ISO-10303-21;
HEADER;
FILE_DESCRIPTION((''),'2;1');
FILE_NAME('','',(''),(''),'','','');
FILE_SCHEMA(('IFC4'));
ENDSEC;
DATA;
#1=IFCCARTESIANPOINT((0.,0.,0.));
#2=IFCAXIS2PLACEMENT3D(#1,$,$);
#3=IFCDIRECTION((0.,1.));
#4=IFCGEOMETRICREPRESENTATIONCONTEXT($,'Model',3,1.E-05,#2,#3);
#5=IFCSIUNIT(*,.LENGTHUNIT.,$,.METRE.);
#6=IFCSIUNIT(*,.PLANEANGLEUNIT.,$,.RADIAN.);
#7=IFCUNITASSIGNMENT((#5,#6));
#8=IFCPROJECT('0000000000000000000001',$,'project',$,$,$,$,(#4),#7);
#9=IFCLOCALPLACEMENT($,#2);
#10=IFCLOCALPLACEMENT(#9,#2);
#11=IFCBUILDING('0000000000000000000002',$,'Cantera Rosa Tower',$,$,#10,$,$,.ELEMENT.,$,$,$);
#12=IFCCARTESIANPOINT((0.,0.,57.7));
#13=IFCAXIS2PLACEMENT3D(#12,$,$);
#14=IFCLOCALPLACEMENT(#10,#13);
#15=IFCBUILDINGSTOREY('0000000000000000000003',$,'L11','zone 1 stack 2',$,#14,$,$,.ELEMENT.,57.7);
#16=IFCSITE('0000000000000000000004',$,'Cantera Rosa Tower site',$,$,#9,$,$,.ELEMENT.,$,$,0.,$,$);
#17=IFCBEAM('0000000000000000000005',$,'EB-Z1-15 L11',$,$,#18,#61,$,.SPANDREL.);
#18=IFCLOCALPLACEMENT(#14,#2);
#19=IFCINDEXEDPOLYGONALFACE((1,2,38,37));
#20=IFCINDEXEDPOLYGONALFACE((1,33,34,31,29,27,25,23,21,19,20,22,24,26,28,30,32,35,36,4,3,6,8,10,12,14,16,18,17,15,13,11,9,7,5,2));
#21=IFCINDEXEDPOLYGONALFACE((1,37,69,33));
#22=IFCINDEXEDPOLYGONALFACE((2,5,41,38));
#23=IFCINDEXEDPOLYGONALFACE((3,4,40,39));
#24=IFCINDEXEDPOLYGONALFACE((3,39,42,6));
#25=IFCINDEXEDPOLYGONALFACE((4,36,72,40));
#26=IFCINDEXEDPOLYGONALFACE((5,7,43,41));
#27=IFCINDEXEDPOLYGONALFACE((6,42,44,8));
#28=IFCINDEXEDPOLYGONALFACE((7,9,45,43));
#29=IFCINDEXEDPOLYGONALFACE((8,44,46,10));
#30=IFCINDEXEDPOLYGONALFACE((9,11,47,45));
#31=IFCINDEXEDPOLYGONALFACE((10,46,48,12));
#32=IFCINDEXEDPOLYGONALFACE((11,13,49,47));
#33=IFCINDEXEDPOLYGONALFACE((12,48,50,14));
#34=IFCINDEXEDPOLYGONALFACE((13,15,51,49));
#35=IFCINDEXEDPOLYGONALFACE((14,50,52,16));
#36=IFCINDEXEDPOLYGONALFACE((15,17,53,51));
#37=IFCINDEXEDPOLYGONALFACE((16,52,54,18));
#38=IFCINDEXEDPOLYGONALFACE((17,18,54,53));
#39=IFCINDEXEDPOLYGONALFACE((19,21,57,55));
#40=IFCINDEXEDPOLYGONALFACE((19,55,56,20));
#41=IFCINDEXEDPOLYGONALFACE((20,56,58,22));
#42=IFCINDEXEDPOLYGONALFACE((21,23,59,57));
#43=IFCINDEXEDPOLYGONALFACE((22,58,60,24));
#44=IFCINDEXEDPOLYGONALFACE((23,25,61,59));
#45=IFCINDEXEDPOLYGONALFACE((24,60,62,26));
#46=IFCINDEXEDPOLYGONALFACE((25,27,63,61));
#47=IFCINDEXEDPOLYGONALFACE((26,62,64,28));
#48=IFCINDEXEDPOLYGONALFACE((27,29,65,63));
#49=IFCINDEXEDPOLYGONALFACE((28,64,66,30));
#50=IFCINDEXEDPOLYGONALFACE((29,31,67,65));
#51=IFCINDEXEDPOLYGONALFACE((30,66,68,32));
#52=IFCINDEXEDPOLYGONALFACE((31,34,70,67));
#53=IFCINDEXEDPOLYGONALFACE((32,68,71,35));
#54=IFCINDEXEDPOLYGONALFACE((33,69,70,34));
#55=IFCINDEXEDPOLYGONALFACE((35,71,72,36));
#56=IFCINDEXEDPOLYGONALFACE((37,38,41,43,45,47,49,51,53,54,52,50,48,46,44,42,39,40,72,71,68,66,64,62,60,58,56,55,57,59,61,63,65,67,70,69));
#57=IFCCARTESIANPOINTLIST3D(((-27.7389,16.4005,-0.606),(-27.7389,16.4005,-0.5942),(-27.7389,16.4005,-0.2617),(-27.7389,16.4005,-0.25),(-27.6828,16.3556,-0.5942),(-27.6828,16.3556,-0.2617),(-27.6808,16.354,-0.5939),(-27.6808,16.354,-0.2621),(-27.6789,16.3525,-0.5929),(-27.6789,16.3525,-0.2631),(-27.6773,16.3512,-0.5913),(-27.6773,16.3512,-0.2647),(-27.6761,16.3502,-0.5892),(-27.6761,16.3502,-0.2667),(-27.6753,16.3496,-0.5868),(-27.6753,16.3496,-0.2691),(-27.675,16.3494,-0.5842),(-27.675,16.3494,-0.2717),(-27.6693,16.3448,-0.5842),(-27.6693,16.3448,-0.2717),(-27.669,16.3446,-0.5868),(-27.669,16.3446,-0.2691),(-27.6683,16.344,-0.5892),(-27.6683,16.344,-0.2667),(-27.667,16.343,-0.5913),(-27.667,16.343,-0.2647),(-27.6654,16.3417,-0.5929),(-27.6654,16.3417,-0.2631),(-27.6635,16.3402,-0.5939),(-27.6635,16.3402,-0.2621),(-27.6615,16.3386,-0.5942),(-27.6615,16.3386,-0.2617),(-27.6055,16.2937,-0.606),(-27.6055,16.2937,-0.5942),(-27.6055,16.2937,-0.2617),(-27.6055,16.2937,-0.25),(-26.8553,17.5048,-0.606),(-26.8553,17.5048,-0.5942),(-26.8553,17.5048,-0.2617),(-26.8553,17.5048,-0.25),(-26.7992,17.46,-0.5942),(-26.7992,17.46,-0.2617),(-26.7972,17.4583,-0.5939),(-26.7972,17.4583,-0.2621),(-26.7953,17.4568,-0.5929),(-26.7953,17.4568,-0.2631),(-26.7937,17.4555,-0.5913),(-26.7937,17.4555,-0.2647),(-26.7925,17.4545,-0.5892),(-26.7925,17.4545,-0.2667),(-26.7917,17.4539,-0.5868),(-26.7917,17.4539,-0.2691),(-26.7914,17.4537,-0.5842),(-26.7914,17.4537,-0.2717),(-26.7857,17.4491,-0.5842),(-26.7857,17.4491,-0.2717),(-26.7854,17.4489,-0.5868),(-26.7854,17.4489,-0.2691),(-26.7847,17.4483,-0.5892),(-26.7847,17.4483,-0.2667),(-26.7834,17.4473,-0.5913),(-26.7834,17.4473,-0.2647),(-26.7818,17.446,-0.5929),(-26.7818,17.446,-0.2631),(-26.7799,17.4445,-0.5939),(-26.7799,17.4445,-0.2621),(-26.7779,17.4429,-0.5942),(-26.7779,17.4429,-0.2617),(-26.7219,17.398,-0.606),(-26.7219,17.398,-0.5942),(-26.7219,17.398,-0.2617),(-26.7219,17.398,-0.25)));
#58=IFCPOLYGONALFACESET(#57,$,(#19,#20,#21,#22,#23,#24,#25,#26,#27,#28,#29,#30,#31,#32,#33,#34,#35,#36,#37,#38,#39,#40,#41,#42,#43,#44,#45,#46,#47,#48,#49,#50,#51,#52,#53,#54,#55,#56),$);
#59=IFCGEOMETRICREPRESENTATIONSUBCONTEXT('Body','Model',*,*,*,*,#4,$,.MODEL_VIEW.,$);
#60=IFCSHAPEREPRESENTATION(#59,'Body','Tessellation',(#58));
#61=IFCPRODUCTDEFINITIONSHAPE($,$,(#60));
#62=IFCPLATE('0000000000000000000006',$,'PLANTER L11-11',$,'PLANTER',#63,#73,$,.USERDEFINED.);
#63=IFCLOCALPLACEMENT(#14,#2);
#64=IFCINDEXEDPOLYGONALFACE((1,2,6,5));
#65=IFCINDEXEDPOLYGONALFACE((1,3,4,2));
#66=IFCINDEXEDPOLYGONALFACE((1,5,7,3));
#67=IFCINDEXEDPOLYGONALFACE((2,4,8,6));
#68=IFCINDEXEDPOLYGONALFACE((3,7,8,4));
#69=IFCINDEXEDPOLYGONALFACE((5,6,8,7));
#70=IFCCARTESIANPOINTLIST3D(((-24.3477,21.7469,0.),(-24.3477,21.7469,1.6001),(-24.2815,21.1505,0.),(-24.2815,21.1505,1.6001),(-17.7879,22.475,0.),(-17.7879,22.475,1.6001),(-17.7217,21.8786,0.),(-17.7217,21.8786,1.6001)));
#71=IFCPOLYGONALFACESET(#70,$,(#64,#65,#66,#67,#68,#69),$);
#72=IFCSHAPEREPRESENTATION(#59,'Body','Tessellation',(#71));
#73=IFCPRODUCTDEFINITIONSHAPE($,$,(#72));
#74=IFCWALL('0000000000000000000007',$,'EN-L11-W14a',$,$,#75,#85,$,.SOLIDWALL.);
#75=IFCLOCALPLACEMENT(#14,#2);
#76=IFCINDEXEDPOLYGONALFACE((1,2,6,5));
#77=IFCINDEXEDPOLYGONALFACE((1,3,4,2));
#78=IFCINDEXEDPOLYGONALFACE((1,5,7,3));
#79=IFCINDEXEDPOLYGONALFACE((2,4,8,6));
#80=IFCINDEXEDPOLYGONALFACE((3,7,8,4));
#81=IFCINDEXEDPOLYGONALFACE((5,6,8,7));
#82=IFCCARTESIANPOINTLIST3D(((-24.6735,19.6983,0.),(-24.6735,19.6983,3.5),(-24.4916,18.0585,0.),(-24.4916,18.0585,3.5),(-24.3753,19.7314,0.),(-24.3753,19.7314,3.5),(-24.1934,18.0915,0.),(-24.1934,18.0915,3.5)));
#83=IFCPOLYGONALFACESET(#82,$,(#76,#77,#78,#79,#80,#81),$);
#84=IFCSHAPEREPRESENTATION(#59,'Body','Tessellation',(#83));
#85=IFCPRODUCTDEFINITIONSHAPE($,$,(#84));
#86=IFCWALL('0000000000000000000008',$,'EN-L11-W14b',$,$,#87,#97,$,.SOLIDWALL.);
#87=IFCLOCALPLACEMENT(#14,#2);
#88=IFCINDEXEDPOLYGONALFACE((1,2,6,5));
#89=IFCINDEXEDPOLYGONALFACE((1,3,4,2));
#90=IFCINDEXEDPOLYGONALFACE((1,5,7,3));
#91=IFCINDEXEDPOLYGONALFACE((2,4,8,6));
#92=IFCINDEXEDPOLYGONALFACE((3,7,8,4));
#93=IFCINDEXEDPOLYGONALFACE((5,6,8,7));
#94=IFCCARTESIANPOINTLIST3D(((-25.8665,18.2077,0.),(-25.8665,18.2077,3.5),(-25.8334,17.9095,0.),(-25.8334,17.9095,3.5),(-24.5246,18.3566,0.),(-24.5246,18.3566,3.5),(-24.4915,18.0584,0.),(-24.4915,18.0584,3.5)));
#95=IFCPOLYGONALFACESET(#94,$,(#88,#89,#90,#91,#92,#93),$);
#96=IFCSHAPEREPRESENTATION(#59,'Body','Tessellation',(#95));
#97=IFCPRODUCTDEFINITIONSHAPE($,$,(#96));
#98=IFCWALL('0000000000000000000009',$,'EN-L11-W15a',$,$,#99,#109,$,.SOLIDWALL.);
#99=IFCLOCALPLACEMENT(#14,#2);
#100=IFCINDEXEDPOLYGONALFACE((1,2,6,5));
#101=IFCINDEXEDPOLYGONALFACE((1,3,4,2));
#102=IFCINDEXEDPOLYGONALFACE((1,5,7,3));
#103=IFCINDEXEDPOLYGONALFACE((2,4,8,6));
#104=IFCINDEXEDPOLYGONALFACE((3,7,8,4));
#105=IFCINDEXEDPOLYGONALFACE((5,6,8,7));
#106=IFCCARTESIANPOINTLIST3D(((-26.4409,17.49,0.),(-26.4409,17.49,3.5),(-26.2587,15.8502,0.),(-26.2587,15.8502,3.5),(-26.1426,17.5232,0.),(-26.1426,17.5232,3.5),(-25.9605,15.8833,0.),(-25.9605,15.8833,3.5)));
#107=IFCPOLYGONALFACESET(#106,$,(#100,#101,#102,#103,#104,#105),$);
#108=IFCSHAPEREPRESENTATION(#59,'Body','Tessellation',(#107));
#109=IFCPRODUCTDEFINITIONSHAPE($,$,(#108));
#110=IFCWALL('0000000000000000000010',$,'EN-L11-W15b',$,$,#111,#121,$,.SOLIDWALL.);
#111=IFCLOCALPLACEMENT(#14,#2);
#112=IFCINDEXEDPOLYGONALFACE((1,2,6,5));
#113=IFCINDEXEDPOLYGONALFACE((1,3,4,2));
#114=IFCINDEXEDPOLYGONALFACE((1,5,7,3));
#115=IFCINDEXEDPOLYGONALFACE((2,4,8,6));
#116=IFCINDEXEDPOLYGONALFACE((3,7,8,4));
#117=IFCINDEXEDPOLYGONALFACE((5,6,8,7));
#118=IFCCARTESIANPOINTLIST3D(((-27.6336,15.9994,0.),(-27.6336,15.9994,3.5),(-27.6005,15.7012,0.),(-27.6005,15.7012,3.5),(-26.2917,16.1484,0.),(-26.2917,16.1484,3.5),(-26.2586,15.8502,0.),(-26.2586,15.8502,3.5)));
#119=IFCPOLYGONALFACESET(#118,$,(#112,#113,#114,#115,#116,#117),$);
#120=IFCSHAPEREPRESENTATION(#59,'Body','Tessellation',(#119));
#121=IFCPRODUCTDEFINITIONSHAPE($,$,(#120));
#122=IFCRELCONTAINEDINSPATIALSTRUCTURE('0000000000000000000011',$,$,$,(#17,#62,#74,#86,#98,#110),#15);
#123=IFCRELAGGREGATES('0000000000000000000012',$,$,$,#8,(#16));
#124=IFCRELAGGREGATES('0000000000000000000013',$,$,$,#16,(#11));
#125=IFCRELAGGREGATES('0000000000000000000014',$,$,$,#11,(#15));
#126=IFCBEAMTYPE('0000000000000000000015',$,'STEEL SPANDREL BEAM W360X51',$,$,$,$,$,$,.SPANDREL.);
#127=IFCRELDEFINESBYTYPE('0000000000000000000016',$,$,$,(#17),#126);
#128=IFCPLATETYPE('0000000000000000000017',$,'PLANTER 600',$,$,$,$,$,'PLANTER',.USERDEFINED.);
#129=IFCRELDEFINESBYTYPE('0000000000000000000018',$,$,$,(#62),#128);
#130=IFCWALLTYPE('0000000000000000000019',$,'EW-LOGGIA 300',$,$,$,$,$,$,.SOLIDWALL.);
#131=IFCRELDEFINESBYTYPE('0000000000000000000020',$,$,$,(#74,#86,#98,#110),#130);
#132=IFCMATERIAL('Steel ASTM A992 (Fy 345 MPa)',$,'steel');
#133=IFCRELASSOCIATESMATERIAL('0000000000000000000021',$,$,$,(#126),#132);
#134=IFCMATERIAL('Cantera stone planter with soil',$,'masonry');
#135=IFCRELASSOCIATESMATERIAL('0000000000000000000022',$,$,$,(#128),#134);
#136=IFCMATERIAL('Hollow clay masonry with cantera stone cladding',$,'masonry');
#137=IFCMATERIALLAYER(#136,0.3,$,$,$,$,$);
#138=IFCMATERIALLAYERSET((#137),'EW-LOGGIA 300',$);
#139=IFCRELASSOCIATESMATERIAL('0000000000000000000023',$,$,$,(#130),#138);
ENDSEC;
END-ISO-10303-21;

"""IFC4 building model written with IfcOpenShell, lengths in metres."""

from ifc_helpers import new_model, si_unit, direction, frame, frame_2d, origin, origin_2d, place, context, subcontext, project, spatial, rectangle, i_section, extrude, material, layer, layer_set, material_profile, profile_set, type_object, element, save


model = new_model("IFC4")

# Units and contexts
model_context = context("Model", 3, precision=1e-05, world=origin(), true_north=direction((0.0, 1.0)))
body_context = subcontext(model_context, "Body", "Model", "MODEL_VIEW")
ifc_project = project(units=[si_unit("LENGTHUNIT", "METRE"), si_unit("PLANEANGLEUNIT", "RADIAN")], contexts=[model_context])

# Site, building, storey
site_placement = place(None, origin())
site = spatial("IfcSite", under=ifc_project, at=site_placement, Name="Cantera Rosa Tower site", CompositionType="ELEMENT", RefElevation=0.0)
building_placement = place(site_placement, origin())
building = spatial("IfcBuilding", under=site, at=building_placement, Name="Cantera Rosa Tower", CompositionType="ELEMENT")
storey_placement = place(building_placement, frame((0.0, 0.0, 57.7)))
storey = spatial("IfcBuildingStorey", under=building, at=storey_placement, Name="L11", Description="zone 1 stack 2", CompositionType="ELEMENT", Elevation=57.7)

# Beam
ifc_material_1 = material(Name="Steel ASTM A992 (Fy 345 MPa)", Category="steel")
ifc_material_profile_1 = material_profile(ifc_material_1, i_section(OverallWidth=0.1709, OverallDepth=0.356, WebThickness=0.0073, FlangeThickness=0.0117, FilletRadius=0.01, at=origin_2d()), Name="W360X51")
ifc_profile_set_1 = profile_set([ifc_material_profile_1], Name="Steel ASTM A992 (Fy 345 MPa)")
beam_type_1 = type_object("IfcBeamType", Name="STEEL SPANDREL BEAM W360X51", PredefinedType="SPANDREL", material=ifc_profile_set_1)
for number, where, z_axis, x_axis, name in (
    (1, (-26.7886, 17.4514, -0.428), (-0.624758, -0.780818, 0.0), (0.780818, -0.624758, 0.0), "EB-Z1-15 L11"),
):
    element("IfcBeam", number, at=place(storey_placement, frame(where, z_axis=z_axis, x_axis=x_axis)), inside=storey, type_object=beam_type_1, Name=name, PredefinedType="SPANDREL", context=body_context, shape_type="SweptSolid", body=[
        extrude(i_section(OverallWidth=0.1709, OverallDepth=0.356, WebThickness=0.0073, FlangeThickness=0.0117, FilletRadius=0.01, at=origin_2d()), origin(), (0.0, 0.0, 1.0), 1.4143),
    ])

# Plate
ifc_material_2 = material(Name="Cantera stone planter with soil", Category="masonry")
plate_type = type_object("IfcPlateType", Name="PLANTER 600", ElementType="PLANTER", PredefinedType="USERDEFINED", material=ifc_material_2)
plate_placement = place(storey_placement, frame((-21.0347, 21.8127, 0.0), z_axis=(0.0, 0.0, 1.0), x_axis=(-0.993897, -0.110313, 0.0)))
element("IfcPlate", 2, at=plate_placement, inside=storey, type_object=plate_type, Name="PLANTER L11-11", ObjectType="PLANTER", PredefinedType="USERDEFINED", context=body_context, shape_type="SweptSolid", body=[
    extrude(rectangle(XDim=6.6001, YDim=0.6001, at=origin_2d()), origin(), (0.0, 0.0, 1.0), 1.6001),
])

# Walls
ifc_material_3 = material(Name="Hollow clay masonry with cantera stone cladding", Category="masonry")
ifc_layer_1 = layer(ifc_material_3, 0.3)
ifc_layer_set_1 = layer_set([ifc_layer_1], Name="EW-LOGGIA 300")
wall_type_1 = type_object("IfcWallType", Name="EW-LOGGIA 300", PredefinedType="SOLIDWALL", material=ifc_layer_set_1)
wall_1_placement = place(storey_placement, frame((-24.5244, 19.7148, 0.0), z_axis=(0.0, 0.0, 1.0), x_axis=(0.110237, -0.993905, 0.0)))
element("IfcWall", 3, at=wall_1_placement, inside=storey, type_object=wall_type_1, Name="EN-L11-W14a", PredefinedType="SOLIDWALL", context=body_context, shape_type="SweptSolid", body=[
    extrude(rectangle(XDim=1.6499, YDim=0.3, at=frame_2d((0.825, 0.0))), origin(), (0.0, 0.0, 1.0), 3.5),
])
wall_2_placement = place(storey_placement, frame((-24.5081, 18.2075, 0.0), z_axis=(0.0, 0.0, 1.0), x_axis=(-0.993897, -0.110312, 0.0)))
element("IfcWall", 4, at=wall_2_placement, inside=storey, type_object=wall_type_1, Name="EN-L11-W14b", PredefinedType="SOLIDWALL", context=body_context, shape_type="SweptSolid", body=[
    extrude(rectangle(XDim=1.3501, YDim=0.3, at=frame_2d((0.675, 0.0))), origin(), (0.0, 0.0, 1.0), 3.5),
])
wall_3_placement = place(storey_placement, frame((-26.2917, 17.5066, 0.0), z_axis=(0.0, 0.0, 1.0), x_axis=(0.110383, -0.993889, 0.0)))
element("IfcWall", 5, at=wall_3_placement, inside=storey, type_object=wall_type_1, Name="EN-L11-W15a", PredefinedType="SOLIDWALL", context=body_context, shape_type="SweptSolid", body=[
    extrude(rectangle(XDim=1.6499, YDim=0.3, at=frame_2d((0.825, 0.0))), origin(), (0.0, 0.0, 1.0), 3.5),
])
wall_4_placement = place(storey_placement, frame((-26.2751, 15.9993, 0.0), z_axis=(0.0, 0.0, 1.0), x_axis=(-0.993897, -0.110312, 0.0)))
element("IfcWall", 6, at=wall_4_placement, inside=storey, type_object=wall_type_1, Name="EN-L11-W15b", PredefinedType="SOLIDWALL", context=body_context, shape_type="SweptSolid", body=[
    extrude(rectangle(XDim=1.3501, YDim=0.3, at=frame_2d((0.675, 0.0))), origin(), (0.0, 0.0, 1.0), 3.5),
])

save(model, "model.ifc")
